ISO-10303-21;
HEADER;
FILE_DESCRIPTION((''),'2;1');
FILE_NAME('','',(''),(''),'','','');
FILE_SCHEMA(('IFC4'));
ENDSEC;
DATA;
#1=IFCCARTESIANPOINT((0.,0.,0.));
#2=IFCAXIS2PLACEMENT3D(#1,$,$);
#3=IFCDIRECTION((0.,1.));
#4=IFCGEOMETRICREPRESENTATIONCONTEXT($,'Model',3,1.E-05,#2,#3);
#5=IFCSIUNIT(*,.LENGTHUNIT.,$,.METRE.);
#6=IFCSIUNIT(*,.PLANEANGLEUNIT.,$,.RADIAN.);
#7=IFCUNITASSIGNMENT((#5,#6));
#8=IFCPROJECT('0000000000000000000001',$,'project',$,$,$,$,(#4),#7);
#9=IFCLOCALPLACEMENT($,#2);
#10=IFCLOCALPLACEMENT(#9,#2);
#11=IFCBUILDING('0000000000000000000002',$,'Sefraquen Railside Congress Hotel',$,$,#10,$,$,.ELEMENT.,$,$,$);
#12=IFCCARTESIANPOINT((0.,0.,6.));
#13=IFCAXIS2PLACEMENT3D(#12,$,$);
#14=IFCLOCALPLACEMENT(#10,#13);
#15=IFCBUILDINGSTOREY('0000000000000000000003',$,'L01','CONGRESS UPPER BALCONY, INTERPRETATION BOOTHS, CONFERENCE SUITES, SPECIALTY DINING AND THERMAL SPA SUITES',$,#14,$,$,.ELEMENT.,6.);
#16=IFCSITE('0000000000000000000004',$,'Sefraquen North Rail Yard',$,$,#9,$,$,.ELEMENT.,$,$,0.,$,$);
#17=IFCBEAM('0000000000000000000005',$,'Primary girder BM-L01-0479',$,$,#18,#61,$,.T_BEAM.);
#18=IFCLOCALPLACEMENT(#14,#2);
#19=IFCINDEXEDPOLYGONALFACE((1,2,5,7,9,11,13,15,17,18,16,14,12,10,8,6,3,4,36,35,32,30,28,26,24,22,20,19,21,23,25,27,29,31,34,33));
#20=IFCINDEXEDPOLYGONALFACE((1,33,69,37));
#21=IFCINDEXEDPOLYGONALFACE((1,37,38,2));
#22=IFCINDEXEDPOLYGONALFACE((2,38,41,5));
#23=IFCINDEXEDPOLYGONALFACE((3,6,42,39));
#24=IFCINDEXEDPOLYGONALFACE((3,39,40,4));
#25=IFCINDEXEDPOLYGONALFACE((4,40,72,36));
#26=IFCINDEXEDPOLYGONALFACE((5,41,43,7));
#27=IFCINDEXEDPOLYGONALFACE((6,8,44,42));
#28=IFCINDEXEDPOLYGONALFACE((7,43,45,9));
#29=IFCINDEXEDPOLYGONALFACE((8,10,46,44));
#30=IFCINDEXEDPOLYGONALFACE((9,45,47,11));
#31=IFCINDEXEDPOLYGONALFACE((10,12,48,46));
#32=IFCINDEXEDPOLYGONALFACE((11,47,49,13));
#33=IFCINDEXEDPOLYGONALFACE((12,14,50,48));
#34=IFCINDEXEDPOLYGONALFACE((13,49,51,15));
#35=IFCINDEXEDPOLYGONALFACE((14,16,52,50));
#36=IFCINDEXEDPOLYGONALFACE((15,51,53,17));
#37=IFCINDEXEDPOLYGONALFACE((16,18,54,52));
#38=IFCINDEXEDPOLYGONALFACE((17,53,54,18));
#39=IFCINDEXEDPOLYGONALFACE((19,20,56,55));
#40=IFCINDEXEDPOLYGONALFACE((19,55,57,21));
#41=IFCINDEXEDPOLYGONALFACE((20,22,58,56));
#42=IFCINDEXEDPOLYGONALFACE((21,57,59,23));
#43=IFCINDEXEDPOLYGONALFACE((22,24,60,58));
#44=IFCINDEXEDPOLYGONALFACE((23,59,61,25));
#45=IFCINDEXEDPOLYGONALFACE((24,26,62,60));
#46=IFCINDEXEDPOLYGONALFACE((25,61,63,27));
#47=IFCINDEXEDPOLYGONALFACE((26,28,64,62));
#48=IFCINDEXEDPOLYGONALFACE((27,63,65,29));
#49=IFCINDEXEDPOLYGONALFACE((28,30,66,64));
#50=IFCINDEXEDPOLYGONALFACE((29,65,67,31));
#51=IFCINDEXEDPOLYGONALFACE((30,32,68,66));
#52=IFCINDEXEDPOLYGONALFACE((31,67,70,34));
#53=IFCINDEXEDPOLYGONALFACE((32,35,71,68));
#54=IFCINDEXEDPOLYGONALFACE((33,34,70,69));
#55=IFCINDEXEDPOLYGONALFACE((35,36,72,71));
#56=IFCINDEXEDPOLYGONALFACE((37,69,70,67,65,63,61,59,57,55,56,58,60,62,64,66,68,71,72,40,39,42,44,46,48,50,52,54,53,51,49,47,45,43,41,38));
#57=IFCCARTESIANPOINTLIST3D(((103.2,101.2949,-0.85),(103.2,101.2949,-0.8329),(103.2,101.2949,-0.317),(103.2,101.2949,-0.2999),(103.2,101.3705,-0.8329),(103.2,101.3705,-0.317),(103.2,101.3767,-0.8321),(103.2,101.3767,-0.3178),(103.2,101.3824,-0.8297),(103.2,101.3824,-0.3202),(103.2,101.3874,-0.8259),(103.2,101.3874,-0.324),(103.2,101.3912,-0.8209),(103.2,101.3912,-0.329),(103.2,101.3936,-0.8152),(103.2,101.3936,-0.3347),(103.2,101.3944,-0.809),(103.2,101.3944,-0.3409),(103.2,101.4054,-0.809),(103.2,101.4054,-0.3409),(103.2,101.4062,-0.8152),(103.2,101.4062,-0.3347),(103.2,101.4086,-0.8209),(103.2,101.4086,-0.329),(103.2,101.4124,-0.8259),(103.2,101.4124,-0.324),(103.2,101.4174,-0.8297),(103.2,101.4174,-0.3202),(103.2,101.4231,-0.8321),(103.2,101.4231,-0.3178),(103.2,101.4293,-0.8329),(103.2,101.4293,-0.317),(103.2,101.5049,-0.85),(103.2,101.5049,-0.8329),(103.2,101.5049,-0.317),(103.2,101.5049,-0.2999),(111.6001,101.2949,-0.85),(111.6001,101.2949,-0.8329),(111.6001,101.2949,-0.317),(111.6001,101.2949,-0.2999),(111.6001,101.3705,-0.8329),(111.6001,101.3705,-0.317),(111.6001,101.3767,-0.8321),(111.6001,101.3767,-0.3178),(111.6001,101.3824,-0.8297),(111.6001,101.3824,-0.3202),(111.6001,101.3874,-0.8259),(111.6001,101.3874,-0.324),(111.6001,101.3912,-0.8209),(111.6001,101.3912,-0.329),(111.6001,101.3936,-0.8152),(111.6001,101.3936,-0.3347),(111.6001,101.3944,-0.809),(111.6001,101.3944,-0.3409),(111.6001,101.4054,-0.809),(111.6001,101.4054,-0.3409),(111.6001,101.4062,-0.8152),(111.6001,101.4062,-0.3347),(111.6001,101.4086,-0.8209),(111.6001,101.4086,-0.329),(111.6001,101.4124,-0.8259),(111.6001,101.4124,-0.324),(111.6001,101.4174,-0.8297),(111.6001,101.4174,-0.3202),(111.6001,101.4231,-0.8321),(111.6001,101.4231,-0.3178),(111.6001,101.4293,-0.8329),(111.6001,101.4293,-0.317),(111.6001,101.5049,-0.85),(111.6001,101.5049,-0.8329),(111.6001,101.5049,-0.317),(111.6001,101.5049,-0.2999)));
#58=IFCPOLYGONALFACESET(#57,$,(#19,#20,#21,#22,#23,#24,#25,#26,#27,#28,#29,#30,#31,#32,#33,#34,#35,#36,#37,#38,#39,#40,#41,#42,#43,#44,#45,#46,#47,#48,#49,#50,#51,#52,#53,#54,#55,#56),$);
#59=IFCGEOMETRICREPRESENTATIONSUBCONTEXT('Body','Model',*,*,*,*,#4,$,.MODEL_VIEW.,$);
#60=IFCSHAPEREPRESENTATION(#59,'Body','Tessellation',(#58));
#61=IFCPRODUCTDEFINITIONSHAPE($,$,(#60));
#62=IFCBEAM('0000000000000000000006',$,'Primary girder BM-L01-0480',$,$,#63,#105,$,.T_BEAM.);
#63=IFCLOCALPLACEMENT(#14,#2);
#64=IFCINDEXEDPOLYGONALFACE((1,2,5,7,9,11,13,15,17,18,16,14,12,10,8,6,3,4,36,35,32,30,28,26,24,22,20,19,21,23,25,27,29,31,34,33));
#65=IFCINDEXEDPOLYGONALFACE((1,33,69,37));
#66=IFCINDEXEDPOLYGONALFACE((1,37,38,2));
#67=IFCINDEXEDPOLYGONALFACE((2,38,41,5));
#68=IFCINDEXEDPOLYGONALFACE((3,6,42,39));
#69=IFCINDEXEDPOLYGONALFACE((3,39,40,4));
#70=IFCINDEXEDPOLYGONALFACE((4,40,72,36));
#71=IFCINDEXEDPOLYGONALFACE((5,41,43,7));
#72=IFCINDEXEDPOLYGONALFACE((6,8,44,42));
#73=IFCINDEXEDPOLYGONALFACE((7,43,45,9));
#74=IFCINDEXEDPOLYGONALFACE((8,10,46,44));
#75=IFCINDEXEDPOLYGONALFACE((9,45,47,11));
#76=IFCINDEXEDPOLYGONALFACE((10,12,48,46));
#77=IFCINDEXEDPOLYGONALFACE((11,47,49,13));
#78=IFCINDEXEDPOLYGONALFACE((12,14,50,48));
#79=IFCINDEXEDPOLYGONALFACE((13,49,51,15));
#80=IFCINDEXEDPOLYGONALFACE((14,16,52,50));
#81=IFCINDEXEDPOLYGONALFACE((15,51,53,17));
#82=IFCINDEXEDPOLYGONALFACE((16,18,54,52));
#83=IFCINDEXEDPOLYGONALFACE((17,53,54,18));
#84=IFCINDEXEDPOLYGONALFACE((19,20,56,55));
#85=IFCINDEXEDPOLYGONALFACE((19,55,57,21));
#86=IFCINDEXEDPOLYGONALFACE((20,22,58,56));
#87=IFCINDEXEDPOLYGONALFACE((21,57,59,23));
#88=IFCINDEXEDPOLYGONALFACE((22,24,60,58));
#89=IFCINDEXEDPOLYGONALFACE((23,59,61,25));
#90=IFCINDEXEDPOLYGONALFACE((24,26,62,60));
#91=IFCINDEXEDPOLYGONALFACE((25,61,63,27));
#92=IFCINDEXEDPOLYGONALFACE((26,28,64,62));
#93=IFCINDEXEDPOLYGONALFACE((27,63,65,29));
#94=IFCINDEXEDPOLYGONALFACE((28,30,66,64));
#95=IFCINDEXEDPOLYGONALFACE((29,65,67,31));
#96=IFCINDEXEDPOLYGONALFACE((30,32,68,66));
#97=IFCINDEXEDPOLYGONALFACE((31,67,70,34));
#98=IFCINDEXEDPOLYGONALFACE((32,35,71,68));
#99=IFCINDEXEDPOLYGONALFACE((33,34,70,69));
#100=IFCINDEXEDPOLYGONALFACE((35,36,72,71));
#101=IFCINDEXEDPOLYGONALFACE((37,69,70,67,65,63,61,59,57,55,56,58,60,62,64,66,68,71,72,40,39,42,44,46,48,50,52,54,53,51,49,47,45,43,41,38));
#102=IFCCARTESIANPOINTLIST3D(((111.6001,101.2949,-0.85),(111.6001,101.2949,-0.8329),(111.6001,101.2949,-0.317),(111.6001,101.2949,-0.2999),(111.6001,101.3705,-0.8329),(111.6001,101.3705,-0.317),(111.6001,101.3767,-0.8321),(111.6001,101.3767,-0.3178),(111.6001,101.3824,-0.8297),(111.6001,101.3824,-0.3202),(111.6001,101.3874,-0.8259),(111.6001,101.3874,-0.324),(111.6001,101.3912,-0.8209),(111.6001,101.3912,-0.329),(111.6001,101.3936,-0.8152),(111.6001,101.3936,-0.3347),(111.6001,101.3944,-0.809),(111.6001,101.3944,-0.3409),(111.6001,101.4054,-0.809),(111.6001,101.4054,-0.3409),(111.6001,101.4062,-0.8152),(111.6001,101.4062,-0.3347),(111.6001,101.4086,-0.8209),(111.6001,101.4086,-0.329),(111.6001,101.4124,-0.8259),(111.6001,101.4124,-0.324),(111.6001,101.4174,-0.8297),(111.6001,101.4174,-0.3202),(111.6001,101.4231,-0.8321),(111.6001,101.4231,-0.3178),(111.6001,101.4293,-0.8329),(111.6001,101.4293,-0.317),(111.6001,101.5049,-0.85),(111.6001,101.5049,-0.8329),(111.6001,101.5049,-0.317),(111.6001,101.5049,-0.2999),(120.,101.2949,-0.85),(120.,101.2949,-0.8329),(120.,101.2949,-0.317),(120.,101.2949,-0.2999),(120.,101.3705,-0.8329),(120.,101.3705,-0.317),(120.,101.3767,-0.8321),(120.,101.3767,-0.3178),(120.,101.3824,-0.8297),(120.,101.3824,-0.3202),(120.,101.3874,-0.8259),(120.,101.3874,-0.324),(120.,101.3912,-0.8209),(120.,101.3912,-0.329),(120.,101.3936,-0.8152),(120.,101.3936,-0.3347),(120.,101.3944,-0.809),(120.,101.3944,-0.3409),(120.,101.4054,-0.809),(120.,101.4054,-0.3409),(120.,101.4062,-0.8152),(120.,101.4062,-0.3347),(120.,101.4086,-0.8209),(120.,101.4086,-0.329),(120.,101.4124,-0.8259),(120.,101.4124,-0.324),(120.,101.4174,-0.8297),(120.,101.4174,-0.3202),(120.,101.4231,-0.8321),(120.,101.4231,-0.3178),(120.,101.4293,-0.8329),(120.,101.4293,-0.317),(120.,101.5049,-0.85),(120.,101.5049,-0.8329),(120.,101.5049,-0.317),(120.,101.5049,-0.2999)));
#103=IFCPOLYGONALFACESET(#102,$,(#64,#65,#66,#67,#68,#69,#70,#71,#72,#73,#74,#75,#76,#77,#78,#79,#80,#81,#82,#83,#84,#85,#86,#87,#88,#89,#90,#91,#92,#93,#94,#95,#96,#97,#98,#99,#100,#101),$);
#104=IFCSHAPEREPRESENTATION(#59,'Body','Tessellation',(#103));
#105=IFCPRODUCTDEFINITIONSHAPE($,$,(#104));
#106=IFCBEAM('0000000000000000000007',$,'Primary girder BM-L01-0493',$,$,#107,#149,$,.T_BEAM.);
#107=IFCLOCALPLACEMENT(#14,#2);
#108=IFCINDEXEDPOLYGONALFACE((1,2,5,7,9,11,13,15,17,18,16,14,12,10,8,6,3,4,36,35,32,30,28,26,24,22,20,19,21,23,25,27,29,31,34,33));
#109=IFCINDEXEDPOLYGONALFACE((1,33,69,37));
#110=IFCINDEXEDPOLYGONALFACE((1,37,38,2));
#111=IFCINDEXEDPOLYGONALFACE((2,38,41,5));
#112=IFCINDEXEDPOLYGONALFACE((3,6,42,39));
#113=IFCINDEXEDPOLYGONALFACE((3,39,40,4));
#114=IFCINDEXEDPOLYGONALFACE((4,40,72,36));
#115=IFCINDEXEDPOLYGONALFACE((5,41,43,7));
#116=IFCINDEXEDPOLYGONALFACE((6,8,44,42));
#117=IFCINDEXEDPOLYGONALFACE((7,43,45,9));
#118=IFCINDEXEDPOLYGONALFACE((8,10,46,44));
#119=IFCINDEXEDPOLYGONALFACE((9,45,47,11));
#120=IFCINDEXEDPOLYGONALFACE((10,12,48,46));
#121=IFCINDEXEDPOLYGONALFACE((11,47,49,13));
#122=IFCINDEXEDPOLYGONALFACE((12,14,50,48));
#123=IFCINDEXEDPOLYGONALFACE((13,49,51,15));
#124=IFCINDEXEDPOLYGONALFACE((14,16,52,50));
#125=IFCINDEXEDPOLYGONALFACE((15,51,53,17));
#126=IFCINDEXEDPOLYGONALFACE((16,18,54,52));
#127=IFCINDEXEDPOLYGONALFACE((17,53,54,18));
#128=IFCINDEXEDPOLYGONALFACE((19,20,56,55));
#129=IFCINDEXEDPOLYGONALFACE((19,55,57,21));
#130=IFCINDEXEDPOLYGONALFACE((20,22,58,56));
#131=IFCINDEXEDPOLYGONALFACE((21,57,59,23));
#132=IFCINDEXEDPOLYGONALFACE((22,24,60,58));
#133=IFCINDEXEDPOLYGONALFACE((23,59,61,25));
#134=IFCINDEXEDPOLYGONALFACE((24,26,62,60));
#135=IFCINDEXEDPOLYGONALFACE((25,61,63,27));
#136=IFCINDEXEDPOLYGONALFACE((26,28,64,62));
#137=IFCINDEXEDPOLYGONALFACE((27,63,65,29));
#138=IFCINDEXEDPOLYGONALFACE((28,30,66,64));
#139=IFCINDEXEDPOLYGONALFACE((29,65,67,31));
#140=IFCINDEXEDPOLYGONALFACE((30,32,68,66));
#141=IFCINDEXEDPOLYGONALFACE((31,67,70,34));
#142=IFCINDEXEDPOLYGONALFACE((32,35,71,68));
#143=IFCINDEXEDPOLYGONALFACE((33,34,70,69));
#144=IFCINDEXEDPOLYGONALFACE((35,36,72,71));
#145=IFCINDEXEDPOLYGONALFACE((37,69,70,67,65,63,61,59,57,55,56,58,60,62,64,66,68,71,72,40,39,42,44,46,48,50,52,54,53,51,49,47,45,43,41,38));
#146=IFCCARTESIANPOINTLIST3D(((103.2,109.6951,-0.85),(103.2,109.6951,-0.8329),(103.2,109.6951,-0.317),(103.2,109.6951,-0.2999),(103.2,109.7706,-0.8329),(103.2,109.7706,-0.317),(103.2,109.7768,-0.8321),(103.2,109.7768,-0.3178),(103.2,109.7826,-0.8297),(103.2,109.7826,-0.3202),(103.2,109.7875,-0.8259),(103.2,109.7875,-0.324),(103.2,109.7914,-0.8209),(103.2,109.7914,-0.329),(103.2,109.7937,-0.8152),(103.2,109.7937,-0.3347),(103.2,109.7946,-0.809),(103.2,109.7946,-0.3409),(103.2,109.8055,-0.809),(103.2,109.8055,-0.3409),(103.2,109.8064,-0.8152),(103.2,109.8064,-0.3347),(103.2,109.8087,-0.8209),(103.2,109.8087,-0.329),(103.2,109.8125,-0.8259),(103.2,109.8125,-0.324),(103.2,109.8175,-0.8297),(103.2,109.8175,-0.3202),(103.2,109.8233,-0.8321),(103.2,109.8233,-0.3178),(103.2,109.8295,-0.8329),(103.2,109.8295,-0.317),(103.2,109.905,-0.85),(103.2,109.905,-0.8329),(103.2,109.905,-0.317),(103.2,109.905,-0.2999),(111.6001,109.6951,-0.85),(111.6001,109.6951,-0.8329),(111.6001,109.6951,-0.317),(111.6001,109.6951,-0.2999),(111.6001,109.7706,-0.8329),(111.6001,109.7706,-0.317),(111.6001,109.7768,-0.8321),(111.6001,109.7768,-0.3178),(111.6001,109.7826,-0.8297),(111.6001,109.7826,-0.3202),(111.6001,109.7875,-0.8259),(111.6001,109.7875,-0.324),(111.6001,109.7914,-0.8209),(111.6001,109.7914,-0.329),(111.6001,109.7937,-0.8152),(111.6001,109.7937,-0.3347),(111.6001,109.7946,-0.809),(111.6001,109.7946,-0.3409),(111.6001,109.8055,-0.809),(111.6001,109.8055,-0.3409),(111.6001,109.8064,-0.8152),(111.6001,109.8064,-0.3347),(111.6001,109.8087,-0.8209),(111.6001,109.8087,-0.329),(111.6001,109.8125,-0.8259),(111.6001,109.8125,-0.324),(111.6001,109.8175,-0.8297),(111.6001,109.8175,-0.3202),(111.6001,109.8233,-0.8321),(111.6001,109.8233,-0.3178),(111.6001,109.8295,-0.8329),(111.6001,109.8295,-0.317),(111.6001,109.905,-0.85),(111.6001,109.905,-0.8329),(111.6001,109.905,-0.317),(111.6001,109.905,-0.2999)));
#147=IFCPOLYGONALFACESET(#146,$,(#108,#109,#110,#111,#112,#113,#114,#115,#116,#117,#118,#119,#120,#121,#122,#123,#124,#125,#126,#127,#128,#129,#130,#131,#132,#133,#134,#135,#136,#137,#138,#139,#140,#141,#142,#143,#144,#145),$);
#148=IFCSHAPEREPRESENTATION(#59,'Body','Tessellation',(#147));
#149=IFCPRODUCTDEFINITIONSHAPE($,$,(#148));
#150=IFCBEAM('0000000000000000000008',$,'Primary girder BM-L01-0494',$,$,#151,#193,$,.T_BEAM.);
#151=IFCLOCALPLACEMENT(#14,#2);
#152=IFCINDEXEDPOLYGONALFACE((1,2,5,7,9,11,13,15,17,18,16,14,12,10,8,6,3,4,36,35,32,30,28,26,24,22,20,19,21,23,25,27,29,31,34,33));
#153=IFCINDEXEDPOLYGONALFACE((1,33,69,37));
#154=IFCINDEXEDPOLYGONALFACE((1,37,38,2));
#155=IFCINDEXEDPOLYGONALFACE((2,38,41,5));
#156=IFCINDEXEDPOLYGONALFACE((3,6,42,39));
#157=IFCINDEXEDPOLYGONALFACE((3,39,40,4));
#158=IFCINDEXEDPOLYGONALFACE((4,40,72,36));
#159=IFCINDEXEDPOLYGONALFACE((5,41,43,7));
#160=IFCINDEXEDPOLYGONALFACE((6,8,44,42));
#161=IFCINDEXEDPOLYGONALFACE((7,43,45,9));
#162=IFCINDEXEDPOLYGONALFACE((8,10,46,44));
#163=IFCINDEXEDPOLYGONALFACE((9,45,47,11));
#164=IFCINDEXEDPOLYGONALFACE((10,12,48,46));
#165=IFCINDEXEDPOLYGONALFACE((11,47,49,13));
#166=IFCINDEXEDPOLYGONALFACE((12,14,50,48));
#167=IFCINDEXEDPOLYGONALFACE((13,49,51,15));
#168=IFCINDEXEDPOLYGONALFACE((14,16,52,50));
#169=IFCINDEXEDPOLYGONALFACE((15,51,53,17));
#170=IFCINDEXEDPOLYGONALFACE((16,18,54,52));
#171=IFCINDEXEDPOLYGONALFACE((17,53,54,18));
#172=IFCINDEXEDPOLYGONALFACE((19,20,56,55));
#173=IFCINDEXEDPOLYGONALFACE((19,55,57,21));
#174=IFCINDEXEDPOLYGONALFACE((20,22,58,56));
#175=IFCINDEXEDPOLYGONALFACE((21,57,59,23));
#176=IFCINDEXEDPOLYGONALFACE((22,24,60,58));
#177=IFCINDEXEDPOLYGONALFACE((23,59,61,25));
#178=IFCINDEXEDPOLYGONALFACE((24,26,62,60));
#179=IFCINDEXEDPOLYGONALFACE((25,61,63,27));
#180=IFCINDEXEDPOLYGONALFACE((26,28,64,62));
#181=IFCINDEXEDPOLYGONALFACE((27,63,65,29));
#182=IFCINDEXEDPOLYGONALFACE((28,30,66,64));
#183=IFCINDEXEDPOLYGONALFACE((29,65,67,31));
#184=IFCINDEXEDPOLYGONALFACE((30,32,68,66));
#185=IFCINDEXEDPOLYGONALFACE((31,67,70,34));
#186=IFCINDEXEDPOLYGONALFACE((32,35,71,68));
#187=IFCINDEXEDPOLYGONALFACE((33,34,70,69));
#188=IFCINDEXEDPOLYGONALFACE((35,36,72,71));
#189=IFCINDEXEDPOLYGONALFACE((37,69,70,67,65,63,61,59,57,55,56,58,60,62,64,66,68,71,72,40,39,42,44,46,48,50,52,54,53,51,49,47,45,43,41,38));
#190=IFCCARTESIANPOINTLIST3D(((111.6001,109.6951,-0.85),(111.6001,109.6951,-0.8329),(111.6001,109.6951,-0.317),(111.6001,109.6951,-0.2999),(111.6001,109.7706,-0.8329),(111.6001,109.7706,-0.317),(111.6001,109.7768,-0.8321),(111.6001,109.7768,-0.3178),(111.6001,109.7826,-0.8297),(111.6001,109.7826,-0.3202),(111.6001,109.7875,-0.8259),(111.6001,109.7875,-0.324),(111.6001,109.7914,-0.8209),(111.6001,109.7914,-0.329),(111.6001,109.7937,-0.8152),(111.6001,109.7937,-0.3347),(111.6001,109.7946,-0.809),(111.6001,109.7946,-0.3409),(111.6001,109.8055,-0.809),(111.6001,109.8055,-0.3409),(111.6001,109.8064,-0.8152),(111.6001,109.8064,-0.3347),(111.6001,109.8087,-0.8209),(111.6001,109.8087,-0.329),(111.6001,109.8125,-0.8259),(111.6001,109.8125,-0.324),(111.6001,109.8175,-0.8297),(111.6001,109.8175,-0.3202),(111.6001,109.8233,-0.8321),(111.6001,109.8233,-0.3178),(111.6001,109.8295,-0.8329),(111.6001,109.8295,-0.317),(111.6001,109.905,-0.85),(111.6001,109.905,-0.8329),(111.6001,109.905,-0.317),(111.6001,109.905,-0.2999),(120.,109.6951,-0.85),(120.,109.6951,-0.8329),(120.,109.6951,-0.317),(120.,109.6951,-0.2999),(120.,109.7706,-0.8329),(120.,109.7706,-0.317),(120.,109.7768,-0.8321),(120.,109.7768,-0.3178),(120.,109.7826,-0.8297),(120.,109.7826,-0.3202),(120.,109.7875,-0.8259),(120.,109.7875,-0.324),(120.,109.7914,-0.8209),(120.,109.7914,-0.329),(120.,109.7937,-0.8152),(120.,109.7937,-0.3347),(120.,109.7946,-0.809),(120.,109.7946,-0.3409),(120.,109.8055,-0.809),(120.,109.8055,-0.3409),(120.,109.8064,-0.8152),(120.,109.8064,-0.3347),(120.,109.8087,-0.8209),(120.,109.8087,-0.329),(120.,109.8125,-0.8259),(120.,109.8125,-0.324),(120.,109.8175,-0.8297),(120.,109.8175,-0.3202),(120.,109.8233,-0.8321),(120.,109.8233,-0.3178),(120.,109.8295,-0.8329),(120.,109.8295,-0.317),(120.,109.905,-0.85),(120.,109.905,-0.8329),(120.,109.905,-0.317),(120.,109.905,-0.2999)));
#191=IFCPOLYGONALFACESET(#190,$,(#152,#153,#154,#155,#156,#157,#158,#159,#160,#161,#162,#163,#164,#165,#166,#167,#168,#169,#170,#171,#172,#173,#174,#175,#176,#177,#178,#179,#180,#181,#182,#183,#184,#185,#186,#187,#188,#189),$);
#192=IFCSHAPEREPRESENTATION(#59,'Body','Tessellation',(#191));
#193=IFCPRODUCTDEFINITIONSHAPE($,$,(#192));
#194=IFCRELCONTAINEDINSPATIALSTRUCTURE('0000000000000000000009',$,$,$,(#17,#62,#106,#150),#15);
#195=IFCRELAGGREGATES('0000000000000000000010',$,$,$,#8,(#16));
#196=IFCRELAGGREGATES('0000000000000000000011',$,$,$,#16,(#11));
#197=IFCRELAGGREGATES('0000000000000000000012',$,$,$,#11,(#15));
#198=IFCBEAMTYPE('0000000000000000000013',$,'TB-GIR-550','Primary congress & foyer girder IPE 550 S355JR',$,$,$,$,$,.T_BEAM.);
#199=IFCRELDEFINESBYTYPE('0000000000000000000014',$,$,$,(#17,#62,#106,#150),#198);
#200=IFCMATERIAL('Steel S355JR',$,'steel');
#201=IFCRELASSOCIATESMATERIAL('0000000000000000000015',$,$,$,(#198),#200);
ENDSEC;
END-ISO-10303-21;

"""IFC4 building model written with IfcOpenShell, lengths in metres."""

from ifc_helpers import new_model, si_unit, direction, frame, origin, origin_2d, place, context, subcontext, project, spatial, i_section, extrude, material, material_profile, profile_set, type_object, element, save


model = new_model("IFC4")

# Units and contexts
model_context = context("Model", 3, precision=1e-05, world=origin(), true_north=direction((0.0, 1.0)))
body_context = subcontext(model_context, "Body", "Model", "MODEL_VIEW")
ifc_project = project(units=[si_unit("LENGTHUNIT", "METRE"), si_unit("PLANEANGLEUNIT", "RADIAN")], contexts=[model_context])

# Site, building, storey
site_placement = place(None, origin())
site = spatial("IfcSite", under=ifc_project, at=site_placement, Name="Sefraquen North Rail Yard", CompositionType="ELEMENT", RefElevation=0.0)
building_placement = place(site_placement, origin())
building = spatial("IfcBuilding", under=site, at=building_placement, Name="Sefraquen Railside Congress Hotel", CompositionType="ELEMENT")
storey_placement = place(building_placement, frame((0.0, 0.0, 6.0)))
storey = spatial("IfcBuildingStorey", under=building, at=storey_placement, Name="L01", Description="CONGRESS UPPER BALCONY, INTERPRETATION BOOTHS, CONFERENCE SUITES, SPECIALTY DINING AND THERMAL SPA SUITES", CompositionType="ELEMENT", Elevation=6.0)

# Shared definitions
ifc_material_1 = material(Name="Steel S355JR", Category="steel")

# Beams
ifc_material_profile_1 = material_profile(ifc_material_1, i_section(OverallWidth=0.21, OverallDepth=0.55, WebThickness=0.011, FlangeThickness=0.0171, FilletRadius=0.0239, at=origin_2d()), Name="IPE 550")
ifc_profile_set_1 = profile_set([ifc_material_profile_1], Name="Steel S355JR")
beam_type_1 = type_object("IfcBeamType", Name="TB-GIR-550", Description="Primary congress & foyer girder IPE 550 S355JR", PredefinedType="T_BEAM", material=ifc_profile_set_1)
beam_1_placement = place(storey_placement, frame((103.2, 101.3999, -0.575), z_axis=(1.0, 0.0, 0.0), x_axis=(0.0, 1.0, 0.0)))
element("IfcBeam", 1, at=beam_1_placement, inside=storey, type_object=beam_type_1, Name="Primary girder BM-L01-0479", PredefinedType="T_BEAM", context=body_context, shape_type="SweptSolid", body=[
    extrude(i_section(OverallWidth=0.21, OverallDepth=0.55, WebThickness=0.011, FlangeThickness=0.0171, FilletRadius=0.0239, at=origin_2d()), origin(), (0.0, 0.0, 1.0), 8.4001),
])
beam_2_placement = place(storey_placement, frame((111.6001, 101.3999, -0.575), z_axis=(1.0, 0.0, 0.0), x_axis=(0.0, 1.0, 0.0)))
element("IfcBeam", 2, at=beam_2_placement, inside=storey, type_object=beam_type_1, Name="Primary girder BM-L01-0480", PredefinedType="T_BEAM", context=body_context, shape_type="SweptSolid", body=[
    extrude(i_section(OverallWidth=0.21, OverallDepth=0.55, WebThickness=0.011, FlangeThickness=0.0171, FilletRadius=0.0239, at=origin_2d()), origin(), (0.0, 0.0, 1.0), 8.3999),
])
beam_3_placement = place(storey_placement, frame((103.2, 109.8, -0.575), z_axis=(1.0, 0.0, 0.0), x_axis=(0.0, 1.0, 0.0)))
element("IfcBeam", 3, at=beam_3_placement, inside=storey, type_object=beam_type_1, Name="Primary girder BM-L01-0493", PredefinedType="T_BEAM", context=body_context, shape_type="SweptSolid", body=[
    extrude(i_section(OverallWidth=0.21, OverallDepth=0.55, WebThickness=0.011, FlangeThickness=0.0171, FilletRadius=0.0239, at=origin_2d()), origin(), (0.0, 0.0, 1.0), 8.4001),
])
beam_4_placement = place(storey_placement, frame((111.6001, 109.8, -0.575), z_axis=(1.0, 0.0, 0.0), x_axis=(0.0, 1.0, 0.0)))
element("IfcBeam", 4, at=beam_4_placement, inside=storey, type_object=beam_type_1, Name="Primary girder BM-L01-0494", PredefinedType="T_BEAM", context=body_context, shape_type="SweptSolid", body=[
    extrude(i_section(OverallWidth=0.21, OverallDepth=0.55, WebThickness=0.011, FlangeThickness=0.0171, FilletRadius=0.0239, at=origin_2d()), origin(), (0.0, 0.0, 1.0), 8.3999),
])

save(model, "model.ifc")
